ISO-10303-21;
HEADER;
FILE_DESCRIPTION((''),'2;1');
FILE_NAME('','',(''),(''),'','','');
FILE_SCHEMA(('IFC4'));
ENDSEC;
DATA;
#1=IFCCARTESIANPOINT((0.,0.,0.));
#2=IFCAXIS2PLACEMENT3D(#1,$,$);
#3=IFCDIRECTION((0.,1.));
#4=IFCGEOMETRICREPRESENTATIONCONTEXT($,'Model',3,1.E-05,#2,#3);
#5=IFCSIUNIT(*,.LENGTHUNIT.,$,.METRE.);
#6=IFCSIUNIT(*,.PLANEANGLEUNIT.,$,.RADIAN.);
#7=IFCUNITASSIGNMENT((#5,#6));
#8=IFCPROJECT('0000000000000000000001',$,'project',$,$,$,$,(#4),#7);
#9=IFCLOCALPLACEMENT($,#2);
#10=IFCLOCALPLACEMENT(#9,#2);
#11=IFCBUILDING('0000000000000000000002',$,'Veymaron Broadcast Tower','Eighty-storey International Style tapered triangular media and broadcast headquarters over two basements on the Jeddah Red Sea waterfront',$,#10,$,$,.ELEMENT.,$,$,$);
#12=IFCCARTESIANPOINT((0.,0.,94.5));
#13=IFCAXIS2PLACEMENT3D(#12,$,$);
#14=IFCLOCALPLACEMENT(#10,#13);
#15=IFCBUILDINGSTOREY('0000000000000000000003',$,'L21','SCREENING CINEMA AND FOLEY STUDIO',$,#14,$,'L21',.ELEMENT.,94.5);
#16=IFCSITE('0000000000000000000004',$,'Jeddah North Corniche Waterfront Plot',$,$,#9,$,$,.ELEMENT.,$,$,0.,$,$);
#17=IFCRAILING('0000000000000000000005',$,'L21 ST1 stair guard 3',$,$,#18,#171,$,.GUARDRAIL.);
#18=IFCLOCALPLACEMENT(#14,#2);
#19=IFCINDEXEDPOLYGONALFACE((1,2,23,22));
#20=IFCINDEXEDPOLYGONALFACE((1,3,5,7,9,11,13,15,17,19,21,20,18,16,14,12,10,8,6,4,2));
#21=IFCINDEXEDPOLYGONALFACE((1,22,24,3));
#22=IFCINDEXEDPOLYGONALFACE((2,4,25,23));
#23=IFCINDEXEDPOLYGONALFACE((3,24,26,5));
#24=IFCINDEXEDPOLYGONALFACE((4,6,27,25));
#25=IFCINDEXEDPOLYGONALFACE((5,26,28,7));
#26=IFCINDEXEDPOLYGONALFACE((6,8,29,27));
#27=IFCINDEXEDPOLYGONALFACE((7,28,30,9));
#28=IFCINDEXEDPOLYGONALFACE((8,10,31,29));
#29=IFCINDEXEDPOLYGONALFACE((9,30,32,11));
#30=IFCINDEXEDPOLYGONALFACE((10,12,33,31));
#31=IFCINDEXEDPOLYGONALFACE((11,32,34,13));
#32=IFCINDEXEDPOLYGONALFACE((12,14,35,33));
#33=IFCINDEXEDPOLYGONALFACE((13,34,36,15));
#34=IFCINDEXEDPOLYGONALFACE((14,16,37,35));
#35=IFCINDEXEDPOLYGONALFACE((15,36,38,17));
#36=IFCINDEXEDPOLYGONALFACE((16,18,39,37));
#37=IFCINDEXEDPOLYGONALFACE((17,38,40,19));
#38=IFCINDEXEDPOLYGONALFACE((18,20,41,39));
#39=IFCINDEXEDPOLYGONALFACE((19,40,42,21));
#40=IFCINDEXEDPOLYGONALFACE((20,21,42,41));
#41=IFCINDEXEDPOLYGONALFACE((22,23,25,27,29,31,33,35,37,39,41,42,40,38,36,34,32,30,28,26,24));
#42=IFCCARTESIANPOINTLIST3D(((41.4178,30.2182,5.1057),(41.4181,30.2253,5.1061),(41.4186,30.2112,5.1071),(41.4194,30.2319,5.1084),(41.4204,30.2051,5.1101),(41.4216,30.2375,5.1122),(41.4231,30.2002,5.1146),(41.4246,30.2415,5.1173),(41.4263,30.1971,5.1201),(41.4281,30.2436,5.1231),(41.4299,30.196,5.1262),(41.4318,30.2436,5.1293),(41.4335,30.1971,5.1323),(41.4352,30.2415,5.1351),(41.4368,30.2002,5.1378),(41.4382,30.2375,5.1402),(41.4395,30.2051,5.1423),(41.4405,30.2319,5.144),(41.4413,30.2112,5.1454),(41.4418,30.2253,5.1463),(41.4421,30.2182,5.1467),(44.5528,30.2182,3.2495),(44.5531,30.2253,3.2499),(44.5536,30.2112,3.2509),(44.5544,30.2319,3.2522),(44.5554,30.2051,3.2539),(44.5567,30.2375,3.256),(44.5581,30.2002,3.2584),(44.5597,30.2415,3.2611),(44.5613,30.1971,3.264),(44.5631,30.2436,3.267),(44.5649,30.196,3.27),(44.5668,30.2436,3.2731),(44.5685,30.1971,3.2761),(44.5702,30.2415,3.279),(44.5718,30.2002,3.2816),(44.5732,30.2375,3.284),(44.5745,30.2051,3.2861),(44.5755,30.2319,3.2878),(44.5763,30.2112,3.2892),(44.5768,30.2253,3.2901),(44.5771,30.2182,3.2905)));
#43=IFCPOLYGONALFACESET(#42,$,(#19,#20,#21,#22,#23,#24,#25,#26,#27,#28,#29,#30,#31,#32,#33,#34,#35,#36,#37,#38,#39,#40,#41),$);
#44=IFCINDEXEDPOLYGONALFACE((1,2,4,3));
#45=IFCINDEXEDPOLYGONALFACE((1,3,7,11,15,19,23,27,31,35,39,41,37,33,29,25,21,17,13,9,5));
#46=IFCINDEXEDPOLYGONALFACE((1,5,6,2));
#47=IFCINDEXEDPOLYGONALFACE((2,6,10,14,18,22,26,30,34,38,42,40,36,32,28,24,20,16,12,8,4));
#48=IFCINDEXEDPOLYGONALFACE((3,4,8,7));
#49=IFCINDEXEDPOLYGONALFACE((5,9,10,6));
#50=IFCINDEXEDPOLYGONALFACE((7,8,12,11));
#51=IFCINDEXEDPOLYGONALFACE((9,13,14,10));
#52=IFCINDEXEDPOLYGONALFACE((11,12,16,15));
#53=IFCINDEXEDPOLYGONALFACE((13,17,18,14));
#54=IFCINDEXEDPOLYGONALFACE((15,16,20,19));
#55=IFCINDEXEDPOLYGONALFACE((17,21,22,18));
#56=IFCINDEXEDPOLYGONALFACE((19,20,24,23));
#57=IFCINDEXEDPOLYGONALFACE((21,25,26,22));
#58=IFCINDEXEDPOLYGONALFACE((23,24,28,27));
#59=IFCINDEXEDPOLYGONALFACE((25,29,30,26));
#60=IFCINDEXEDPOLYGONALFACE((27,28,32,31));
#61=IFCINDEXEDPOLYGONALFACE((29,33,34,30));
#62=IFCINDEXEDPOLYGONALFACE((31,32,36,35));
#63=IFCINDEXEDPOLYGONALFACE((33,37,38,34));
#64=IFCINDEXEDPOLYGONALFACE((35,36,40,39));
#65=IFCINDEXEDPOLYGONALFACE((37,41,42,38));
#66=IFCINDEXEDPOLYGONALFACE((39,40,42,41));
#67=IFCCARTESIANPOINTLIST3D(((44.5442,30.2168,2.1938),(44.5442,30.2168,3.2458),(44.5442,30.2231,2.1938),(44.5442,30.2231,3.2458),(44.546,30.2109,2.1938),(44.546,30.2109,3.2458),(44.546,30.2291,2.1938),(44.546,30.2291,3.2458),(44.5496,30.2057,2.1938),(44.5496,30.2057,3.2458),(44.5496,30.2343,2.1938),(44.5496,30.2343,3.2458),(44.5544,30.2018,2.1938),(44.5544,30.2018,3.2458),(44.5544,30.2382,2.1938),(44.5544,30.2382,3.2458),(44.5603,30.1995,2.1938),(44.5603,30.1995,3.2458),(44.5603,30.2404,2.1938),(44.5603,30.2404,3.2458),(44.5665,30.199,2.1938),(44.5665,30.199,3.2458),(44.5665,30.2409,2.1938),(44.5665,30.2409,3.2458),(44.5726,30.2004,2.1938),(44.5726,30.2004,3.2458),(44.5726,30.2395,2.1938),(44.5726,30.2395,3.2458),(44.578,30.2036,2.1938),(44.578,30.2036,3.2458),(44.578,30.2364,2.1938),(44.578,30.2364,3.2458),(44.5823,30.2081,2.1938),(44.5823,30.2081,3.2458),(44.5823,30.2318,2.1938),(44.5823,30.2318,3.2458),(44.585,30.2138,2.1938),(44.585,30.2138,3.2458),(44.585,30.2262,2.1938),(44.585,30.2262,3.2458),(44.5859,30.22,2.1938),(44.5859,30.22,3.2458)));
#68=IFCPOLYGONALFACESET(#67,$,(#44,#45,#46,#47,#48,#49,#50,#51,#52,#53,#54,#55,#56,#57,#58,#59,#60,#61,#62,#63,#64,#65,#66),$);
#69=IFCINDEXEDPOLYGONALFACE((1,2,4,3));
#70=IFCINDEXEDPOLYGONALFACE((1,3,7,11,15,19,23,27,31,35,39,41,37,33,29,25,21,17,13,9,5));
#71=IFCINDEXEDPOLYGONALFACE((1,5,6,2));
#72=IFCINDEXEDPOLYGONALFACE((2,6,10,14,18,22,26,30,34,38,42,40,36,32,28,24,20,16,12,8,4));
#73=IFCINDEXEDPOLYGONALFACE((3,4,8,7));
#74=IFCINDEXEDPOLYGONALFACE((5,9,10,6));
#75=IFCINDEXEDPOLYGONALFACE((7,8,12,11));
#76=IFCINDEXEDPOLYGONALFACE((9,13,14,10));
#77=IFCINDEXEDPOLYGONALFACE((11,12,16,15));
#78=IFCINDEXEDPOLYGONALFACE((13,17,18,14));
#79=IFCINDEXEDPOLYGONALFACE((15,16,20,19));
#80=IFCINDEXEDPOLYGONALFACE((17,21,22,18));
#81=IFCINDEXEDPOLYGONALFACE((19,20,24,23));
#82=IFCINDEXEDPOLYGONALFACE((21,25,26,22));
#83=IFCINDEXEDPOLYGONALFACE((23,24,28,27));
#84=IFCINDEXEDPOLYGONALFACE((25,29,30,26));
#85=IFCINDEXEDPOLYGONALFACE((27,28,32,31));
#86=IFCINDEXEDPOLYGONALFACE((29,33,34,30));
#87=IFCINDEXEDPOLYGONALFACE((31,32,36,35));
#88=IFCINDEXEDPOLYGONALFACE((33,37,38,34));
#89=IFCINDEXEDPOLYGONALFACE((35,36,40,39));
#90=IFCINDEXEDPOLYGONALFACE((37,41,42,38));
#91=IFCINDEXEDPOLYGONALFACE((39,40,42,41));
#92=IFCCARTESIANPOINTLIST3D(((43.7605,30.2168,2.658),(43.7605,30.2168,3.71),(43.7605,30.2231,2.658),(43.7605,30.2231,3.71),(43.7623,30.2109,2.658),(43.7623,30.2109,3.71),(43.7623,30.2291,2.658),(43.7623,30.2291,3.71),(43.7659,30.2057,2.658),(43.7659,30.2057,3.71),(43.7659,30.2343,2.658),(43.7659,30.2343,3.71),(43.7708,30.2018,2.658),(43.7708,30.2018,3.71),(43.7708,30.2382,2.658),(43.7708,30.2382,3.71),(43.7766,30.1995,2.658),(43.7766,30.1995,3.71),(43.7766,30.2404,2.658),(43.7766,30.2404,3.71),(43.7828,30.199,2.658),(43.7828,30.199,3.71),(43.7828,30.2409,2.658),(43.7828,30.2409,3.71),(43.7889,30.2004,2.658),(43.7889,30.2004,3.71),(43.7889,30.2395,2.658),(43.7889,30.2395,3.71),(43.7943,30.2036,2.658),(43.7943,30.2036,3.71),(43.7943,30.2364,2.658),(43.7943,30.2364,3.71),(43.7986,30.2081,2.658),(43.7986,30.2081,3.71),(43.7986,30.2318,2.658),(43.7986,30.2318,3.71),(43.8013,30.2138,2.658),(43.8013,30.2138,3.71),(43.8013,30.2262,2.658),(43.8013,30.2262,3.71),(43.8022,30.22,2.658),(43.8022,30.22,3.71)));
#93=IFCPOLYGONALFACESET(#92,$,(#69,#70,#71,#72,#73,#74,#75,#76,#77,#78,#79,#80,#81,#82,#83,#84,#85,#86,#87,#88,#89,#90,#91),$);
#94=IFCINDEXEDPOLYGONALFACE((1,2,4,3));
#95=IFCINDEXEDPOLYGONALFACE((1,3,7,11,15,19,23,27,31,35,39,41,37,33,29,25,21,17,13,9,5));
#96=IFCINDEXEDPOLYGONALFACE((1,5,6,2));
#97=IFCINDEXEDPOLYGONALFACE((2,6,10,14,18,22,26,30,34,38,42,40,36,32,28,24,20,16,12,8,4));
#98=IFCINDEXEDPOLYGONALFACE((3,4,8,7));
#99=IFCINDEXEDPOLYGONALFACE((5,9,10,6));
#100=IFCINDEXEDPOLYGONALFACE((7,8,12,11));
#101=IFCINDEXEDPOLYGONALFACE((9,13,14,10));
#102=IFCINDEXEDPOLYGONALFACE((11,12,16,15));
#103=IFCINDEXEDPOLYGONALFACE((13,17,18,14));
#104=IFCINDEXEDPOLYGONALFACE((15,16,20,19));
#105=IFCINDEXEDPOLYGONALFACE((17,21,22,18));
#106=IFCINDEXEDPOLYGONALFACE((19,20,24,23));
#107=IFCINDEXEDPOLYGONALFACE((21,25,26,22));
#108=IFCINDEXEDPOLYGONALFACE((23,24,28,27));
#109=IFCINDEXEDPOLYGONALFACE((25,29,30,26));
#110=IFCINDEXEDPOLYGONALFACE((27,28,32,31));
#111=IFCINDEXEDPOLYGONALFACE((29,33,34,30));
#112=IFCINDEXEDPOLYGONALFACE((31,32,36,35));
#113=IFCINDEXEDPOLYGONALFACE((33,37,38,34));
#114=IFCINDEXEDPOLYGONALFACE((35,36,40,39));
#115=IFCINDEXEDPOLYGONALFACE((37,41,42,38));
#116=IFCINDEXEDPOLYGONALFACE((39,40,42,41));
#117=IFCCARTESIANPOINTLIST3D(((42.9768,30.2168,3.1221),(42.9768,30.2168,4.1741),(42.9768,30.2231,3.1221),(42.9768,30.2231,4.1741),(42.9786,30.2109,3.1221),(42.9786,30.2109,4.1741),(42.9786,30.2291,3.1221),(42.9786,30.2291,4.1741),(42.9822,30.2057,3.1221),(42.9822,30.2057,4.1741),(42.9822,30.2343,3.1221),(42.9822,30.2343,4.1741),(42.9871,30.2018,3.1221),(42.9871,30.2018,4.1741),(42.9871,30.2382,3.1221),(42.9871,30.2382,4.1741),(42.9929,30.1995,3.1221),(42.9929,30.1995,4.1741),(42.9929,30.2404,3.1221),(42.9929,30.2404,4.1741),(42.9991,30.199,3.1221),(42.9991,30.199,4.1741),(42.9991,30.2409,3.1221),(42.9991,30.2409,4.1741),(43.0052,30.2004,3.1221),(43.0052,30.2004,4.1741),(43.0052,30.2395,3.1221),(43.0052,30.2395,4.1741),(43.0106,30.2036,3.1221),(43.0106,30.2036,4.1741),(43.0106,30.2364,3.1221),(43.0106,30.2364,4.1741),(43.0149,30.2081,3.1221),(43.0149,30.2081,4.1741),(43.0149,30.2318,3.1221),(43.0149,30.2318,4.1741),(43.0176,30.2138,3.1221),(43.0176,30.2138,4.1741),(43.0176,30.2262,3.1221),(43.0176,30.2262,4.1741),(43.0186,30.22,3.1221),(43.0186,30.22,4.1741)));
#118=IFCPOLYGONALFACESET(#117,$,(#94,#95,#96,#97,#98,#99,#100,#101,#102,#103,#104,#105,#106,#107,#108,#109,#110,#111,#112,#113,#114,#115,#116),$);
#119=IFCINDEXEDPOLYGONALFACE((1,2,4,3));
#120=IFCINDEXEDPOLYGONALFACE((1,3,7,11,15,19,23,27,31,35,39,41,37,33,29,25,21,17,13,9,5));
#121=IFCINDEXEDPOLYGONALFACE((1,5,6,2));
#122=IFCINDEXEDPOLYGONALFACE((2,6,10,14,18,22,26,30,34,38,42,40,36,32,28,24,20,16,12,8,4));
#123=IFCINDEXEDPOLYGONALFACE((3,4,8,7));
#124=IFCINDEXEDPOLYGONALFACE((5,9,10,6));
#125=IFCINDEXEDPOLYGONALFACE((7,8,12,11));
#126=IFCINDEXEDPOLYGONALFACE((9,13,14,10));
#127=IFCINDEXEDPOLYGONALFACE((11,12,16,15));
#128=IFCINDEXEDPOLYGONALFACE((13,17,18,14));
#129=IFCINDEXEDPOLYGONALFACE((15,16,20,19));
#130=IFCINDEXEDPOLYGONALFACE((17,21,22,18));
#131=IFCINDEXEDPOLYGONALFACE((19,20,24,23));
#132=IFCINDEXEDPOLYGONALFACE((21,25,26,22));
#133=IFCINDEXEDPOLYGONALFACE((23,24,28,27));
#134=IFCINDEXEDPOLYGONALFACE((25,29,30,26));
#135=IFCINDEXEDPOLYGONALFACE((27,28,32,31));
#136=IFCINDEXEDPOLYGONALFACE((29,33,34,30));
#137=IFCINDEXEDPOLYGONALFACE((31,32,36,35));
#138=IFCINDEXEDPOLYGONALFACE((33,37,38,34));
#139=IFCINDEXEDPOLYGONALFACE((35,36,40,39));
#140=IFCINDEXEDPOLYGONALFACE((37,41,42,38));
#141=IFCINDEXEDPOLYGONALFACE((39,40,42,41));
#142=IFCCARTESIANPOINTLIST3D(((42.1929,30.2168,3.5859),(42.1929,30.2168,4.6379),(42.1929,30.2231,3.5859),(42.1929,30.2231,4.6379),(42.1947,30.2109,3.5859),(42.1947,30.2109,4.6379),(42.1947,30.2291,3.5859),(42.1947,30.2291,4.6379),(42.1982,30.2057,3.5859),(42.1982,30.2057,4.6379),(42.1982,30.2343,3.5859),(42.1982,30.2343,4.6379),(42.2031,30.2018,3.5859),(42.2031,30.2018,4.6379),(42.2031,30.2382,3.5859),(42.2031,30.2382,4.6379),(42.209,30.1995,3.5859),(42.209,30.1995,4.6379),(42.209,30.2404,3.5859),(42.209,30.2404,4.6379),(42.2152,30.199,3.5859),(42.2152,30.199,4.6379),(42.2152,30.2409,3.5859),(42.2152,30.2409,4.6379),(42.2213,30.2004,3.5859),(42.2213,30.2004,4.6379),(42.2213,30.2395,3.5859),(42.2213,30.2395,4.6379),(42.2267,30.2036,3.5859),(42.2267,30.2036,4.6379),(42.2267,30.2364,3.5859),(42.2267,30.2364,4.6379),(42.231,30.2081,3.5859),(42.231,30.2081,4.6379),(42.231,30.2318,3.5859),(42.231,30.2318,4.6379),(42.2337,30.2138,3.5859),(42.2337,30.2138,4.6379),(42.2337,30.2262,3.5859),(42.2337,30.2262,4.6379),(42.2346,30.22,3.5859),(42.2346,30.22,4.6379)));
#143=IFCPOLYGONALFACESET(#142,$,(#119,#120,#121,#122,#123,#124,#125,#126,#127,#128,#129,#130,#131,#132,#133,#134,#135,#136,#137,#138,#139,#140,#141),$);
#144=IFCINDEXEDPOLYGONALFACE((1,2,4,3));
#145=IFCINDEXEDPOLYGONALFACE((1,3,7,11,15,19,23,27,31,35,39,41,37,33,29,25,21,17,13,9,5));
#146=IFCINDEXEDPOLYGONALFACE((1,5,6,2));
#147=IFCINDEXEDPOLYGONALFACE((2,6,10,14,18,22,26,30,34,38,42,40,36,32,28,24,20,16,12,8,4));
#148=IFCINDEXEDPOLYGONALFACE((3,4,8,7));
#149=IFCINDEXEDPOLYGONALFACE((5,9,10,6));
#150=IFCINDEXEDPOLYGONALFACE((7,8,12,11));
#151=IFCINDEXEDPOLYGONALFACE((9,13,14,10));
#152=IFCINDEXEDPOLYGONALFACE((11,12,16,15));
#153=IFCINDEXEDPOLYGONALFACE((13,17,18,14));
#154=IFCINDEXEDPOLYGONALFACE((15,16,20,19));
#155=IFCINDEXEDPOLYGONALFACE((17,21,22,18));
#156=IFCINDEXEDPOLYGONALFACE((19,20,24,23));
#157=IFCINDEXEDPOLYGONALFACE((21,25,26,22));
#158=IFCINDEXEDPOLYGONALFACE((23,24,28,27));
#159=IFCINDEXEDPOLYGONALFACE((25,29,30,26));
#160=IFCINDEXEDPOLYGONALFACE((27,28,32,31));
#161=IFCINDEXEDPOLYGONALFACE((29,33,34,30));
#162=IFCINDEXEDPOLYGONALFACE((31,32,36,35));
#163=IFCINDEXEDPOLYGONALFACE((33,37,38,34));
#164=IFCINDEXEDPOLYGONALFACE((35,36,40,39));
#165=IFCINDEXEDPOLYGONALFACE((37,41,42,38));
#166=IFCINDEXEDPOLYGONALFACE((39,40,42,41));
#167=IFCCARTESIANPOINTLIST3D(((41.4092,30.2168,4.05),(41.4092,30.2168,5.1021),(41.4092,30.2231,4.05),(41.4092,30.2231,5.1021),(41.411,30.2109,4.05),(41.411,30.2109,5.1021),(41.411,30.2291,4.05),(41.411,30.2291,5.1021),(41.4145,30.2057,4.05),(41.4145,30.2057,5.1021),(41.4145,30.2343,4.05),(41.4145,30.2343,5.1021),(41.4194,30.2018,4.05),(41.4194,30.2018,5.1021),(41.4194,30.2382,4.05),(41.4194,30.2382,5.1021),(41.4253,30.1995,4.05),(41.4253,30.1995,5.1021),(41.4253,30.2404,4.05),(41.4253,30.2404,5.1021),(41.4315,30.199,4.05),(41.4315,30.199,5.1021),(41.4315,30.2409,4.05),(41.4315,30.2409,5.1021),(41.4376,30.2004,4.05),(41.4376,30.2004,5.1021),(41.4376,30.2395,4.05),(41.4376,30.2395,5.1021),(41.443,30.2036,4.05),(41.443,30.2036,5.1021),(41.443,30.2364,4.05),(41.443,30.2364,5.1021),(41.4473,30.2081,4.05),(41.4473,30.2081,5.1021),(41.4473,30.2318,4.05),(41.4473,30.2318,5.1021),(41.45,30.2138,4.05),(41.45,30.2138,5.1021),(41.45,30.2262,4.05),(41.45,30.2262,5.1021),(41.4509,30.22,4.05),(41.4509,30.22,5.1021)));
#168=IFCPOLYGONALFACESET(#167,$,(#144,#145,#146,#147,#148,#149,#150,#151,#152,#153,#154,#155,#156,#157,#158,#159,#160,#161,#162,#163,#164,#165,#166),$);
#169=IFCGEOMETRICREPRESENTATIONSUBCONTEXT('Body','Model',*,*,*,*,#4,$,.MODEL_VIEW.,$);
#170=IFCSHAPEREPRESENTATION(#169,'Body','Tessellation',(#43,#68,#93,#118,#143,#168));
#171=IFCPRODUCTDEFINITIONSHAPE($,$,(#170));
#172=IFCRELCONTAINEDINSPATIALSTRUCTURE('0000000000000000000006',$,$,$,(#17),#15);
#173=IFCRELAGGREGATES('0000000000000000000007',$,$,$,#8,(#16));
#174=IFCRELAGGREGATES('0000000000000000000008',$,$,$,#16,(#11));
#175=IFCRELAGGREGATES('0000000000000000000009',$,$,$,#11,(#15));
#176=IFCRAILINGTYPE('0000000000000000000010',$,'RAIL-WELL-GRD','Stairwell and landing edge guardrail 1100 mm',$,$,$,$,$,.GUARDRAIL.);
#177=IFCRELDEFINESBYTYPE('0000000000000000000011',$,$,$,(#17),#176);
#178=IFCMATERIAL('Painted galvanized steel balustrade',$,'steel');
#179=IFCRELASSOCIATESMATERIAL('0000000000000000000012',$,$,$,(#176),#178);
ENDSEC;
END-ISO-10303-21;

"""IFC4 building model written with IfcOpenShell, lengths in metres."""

from ifc_helpers import new_model, si_unit, direction, frame, origin, origin_2d, place, context, subcontext, project, spatial, circle, extrude, material, type_object, element, save


model = new_model("IFC4")

# Units and contexts
model_context = context("Model", 3, precision=1e-05, world=origin(), true_north=direction((0.0, 1.0)))
body_context = subcontext(model_context, "Body", "Model", "MODEL_VIEW")
ifc_project = project(units=[si_unit("LENGTHUNIT", "METRE"), si_unit("PLANEANGLEUNIT", "RADIAN")], contexts=[model_context])

# Site, building, storey
site_placement = place(None, origin())
site = spatial("IfcSite", under=ifc_project, at=site_placement, Name="Jeddah North Corniche Waterfront Plot", CompositionType="ELEMENT", RefElevation=0.0)
building_placement = place(site_placement, origin())
building = spatial("IfcBuilding", under=site, at=building_placement, Name="Veymaron Broadcast Tower", Description="Eighty-storey International Style tapered triangular media and broadcast headquarters over two basements on the Jeddah Red Sea waterfront", CompositionType="ELEMENT")
storey_placement = place(building_placement, frame((0.0, 0.0, 94.5)))
storey = spatial("IfcBuildingStorey", under=building, at=storey_placement, Name="L21", Description="SCREENING CINEMA AND FOLEY STUDIO", LongName="L21", CompositionType="ELEMENT", Elevation=94.5)

# Railing
ifc_material_1 = material(Name="Painted galvanized steel balustrade", Category="steel")
railing_type_1 = type_object("IfcRailingType", Name="RAIL-WELL-GRD", Description="Stairwell and landing edge guardrail 1100 mm", PredefinedType="GUARDRAIL", material=ifc_material_1)
railing_1_placement = place(storey_placement, frame((44.5649, 30.22, 2.1938)))
element("IfcRailing", 1, at=railing_1_placement, inside=storey, type_object=railing_type_1, Name="L21 ST1 stair guard 3", PredefinedType="GUARDRAIL", context=body_context, shape_type="SweptSolid", body=[
    extrude(circle(Radius=0.0239, at=origin_2d()), frame((0.0, 0.0, 1.0762), z_axis=(-0.860482, 0.0, 0.509481), x_axis=(0.0, -1.0, 0.0)), (0.0, 0.0, 1.0), 3.6433),
    extrude(circle(Radius=0.021, at=origin_2d()), origin(), (0.0, 0.0, 1.0), 1.052),
    extrude(circle(Radius=0.021, at=origin_2d()), frame((-0.7837, 0.0, 0.4641)), (0.0, 0.0, 1.0), 1.052),
    extrude(circle(Radius=0.021, at=origin_2d()), frame((-1.5674, 0.0, 0.9282)), (0.0, 0.0, 1.0), 1.052),
    extrude(circle(Radius=0.021, at=origin_2d()), frame((-2.3513, 0.0, 1.3921)), (0.0, 0.0, 1.0), 1.052),
    extrude(circle(Radius=0.021, at=origin_2d()), frame((-3.135, 0.0, 1.8562)), (0.0, 0.0, 1.0), 1.052),
])

save(model, "model.ifc")
